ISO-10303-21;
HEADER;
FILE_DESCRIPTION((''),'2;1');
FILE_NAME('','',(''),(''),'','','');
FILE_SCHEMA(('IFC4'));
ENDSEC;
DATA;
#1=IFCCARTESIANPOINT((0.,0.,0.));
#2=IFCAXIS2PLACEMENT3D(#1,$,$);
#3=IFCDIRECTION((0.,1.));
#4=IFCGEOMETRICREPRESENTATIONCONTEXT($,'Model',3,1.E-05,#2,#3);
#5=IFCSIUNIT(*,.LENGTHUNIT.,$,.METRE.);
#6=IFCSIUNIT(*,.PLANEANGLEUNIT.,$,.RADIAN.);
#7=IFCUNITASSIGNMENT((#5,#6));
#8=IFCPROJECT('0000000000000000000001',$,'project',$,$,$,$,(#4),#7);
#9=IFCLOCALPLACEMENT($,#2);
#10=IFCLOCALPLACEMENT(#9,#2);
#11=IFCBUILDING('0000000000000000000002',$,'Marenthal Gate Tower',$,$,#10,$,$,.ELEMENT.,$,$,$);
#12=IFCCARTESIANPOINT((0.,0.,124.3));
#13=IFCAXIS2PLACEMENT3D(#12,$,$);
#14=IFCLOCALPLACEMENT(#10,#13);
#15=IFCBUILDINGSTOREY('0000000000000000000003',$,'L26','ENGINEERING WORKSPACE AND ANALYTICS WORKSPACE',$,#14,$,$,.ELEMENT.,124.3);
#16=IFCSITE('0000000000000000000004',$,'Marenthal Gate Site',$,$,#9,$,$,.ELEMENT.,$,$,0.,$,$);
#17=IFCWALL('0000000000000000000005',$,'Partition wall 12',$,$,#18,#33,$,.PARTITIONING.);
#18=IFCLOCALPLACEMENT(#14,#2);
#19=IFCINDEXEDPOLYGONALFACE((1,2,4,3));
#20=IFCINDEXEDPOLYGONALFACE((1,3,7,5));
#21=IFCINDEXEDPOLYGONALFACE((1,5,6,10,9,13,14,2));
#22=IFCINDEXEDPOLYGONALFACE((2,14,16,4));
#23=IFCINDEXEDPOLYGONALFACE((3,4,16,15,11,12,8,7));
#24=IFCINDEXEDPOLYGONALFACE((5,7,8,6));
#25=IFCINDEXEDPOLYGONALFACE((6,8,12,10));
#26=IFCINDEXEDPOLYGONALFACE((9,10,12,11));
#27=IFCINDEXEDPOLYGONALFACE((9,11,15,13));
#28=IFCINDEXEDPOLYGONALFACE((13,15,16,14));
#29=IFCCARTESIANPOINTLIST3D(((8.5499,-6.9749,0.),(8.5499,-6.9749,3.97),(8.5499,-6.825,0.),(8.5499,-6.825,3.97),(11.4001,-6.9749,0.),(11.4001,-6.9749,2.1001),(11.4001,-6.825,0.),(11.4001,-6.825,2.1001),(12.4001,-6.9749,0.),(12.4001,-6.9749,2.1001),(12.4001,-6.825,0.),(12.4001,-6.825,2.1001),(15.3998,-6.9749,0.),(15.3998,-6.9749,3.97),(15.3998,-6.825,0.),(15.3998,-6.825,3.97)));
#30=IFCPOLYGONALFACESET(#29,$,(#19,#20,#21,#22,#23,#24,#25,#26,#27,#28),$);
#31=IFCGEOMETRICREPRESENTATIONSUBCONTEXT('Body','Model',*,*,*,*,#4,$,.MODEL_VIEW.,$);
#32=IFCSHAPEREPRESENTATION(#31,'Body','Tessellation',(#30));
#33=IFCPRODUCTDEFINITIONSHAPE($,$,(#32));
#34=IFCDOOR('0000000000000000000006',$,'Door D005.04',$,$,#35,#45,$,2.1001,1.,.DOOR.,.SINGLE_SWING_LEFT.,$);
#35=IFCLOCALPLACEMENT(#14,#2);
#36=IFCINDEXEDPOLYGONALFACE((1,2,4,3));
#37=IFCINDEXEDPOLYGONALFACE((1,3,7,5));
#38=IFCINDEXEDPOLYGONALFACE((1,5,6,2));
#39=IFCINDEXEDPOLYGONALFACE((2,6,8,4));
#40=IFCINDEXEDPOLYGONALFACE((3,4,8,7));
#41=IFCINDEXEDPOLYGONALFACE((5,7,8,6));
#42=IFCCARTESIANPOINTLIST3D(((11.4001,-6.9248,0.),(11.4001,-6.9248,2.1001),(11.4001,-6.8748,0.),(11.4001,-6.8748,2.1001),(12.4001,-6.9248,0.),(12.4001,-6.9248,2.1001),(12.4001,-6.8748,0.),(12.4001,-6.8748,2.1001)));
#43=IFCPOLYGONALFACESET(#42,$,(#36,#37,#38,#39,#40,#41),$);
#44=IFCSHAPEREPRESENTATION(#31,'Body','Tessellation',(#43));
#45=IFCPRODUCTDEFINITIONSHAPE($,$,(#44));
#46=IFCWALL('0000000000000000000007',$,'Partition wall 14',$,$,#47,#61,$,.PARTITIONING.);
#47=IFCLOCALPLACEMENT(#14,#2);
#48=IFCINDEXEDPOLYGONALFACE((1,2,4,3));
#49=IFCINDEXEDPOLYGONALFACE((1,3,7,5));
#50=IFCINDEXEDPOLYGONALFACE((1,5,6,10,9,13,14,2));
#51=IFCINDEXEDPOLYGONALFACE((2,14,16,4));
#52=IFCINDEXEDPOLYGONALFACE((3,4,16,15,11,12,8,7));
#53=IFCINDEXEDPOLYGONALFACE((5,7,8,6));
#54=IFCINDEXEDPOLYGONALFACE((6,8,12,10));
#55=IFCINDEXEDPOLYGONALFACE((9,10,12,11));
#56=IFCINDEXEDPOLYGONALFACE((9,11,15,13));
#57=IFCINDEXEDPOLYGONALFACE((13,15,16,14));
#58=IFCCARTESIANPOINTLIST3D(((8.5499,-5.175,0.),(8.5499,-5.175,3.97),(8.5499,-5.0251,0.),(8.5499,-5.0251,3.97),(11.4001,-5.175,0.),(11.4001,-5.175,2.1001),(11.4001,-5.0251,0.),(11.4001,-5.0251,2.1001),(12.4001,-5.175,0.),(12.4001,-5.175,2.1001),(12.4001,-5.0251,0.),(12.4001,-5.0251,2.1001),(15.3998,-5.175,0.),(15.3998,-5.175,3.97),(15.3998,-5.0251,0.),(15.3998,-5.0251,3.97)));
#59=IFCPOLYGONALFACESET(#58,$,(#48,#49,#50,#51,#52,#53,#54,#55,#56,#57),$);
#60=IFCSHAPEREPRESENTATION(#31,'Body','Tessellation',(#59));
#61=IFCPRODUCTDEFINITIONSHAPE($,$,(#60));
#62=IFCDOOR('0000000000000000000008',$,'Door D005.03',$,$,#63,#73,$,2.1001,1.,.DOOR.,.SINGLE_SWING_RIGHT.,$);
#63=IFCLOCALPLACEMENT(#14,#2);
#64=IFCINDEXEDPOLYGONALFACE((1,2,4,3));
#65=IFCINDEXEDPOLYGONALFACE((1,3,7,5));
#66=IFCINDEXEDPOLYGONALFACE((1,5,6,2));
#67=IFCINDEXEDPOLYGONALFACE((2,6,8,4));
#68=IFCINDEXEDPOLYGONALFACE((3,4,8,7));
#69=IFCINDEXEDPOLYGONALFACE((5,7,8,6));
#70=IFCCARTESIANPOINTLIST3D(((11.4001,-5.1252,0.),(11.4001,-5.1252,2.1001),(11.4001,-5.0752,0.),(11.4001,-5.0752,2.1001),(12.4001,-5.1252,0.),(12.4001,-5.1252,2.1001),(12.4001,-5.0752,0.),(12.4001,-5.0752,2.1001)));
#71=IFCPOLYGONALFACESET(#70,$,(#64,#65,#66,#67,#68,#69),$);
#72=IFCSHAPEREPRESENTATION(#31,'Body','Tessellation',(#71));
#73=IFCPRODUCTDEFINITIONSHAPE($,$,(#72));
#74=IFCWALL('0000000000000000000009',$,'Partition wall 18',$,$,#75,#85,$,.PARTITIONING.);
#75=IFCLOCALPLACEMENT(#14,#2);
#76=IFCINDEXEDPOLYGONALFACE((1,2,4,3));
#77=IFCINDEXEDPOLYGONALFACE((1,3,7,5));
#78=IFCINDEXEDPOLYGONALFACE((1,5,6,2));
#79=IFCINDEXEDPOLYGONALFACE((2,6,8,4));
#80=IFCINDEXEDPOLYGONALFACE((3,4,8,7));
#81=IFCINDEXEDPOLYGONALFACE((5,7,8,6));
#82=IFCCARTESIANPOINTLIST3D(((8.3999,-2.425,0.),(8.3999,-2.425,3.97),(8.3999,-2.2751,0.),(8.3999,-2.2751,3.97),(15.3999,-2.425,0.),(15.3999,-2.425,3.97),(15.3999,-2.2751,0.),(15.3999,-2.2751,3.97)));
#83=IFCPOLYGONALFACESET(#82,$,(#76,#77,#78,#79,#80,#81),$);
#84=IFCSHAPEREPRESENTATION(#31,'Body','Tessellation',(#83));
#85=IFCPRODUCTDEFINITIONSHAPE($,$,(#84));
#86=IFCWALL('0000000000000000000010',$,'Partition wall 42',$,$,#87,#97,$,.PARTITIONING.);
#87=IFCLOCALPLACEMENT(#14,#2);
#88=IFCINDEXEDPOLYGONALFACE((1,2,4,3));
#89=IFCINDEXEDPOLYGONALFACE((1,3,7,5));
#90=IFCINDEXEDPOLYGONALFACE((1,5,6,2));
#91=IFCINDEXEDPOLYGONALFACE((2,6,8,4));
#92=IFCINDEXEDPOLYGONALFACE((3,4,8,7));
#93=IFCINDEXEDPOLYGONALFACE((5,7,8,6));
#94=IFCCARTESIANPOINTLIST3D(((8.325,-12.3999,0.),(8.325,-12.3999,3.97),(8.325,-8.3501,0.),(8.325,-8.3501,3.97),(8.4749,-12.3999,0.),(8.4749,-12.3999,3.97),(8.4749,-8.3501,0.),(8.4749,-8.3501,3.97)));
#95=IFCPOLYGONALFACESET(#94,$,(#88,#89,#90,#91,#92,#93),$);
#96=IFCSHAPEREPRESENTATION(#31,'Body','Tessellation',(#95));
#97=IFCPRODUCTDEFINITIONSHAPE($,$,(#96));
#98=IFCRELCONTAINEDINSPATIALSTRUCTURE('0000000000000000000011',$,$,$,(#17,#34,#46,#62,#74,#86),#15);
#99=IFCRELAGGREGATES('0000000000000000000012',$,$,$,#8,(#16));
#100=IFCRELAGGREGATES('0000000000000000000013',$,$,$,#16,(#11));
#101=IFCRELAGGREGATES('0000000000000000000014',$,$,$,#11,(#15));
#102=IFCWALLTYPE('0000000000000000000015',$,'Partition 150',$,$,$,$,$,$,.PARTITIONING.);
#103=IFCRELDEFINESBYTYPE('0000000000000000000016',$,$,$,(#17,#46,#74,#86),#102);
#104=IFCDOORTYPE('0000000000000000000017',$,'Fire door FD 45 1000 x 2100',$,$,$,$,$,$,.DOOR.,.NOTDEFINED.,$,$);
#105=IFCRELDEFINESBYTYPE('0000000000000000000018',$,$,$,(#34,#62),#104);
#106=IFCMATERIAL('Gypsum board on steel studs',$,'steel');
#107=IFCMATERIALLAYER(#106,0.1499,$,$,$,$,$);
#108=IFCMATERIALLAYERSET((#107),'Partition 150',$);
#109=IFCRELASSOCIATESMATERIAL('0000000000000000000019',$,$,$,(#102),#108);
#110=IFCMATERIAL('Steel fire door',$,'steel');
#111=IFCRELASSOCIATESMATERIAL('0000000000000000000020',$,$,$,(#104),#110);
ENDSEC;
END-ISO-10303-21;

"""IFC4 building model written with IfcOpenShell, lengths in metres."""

from ifc_helpers import new_model, si_unit, direction, frame, frame_2d, origin, place, context, subcontext, project, spatial, rectangle, extrude, material, layer, layer_set, type_object, element, fill, save


model = new_model("IFC4")

# Units and contexts
model_context = context("Model", 3, precision=1e-05, world=origin(), true_north=direction((0.0, 1.0)))
body_context = subcontext(model_context, "Body", "Model", "MODEL_VIEW")
ifc_project = project(units=[si_unit("LENGTHUNIT", "METRE"), si_unit("PLANEANGLEUNIT", "RADIAN")], contexts=[model_context])

# Site, building, storey
site_placement = place(None, origin())
site = spatial("IfcSite", under=ifc_project, at=site_placement, Name="Marenthal Gate Site", CompositionType="ELEMENT", RefElevation=0.0)
building_placement = place(site_placement, origin())
building = spatial("IfcBuilding", under=site, at=building_placement, Name="Marenthal Gate Tower", CompositionType="ELEMENT")
storey_placement = place(building_placement, frame((0.0, 0.0, 124.3)))
storey = spatial("IfcBuildingStorey", under=building, at=storey_placement, Name="L26", Description="ENGINEERING WORKSPACE AND ANALYTICS WORKSPACE", CompositionType="ELEMENT", Elevation=124.3)

# Walls, openings, doors
ifc_material_1 = material(Name="Gypsum board on steel studs", Category="steel")
ifc_layer_1 = layer(ifc_material_1, 0.1499)
ifc_layer_set_1 = layer_set([ifc_layer_1], Name="Partition 150")
wall_type_1 = type_object("IfcWallType", Name="Partition 150", PredefinedType="PARTITIONING", material=ifc_layer_set_1)
wall_1_placement = place(storey_placement, frame((8.55, -6.8999, 0.0), z_axis=(0.0, 0.0, 1.0), x_axis=(1.0, 0.0, 0.0)))
wall_1 = element("IfcWall", 1, at=wall_1_placement, inside=storey, type_object=wall_type_1, Name="Partition wall 12", PredefinedType="PARTITIONING", context=body_context, shape_type="SweptSolid", body=[
    extrude(rectangle(XDim=6.8499, YDim=0.1499, at=frame_2d((3.4248, 0.0))), origin(), (0.0, 0.0, 1.0), 3.97),
])
opening_1_placement = place(wall_1_placement, frame((2.8501, 0.0, 0.0)))
opening_1 = element("IfcOpeningElement", 2, at=opening_1_placement, cuts=wall_1, PredefinedType="OPENING", context=body_context, shape_type="SweptSolid", body=[
    extrude(rectangle(XDim=1.0, YDim=2.1001, at=frame_2d((0.5, 1.05))), frame((0.0, 0.085, 0.0), z_axis=(0.0, -1.0, 0.0), x_axis=(1.0, 0.0, 0.0)), (0.0, 0.0, 1.0), 0.1699),
])
ifc_material_2 = material(Name="Steel fire door", Category="steel")
door_type_1 = type_object("IfcDoorType", Name="Fire door FD 45 1000 x 2100", OperationType="NOTDEFINED", PredefinedType="DOOR", material=ifc_material_2)
door_1_placement = place(opening_1_placement, frame((1.0, 0.0, 0.0), z_axis=(0.0, 0.0, 1.0), x_axis=(-1.0, 0.0, 0.0)))
door_1 = element("IfcDoor", 3, at=door_1_placement, inside=storey, type_object=door_type_1, Name="Door D005.04", OperationType="SINGLE_SWING_LEFT", OverallHeight=2.1001, OverallWidth=1.0, PredefinedType="DOOR", context=body_context, shape_type="SweptSolid", body=[
    extrude(rectangle(XDim=1.0, YDim=2.1001, at=frame_2d((0.5, 1.05))), frame((0.0, 0.0249, 0.0), z_axis=(0.0, -1.0, 0.0), x_axis=(1.0, 0.0, 0.0)), (0.0, 0.0, 1.0), 0.05),
])
fill(opening_1, door_1)
wall_2_placement = place(storey_placement, frame((8.55, -5.1001, 0.0), z_axis=(0.0, 0.0, 1.0), x_axis=(1.0, 0.0, 0.0)))
wall_2 = element("IfcWall", 4, at=wall_2_placement, inside=storey, type_object=wall_type_1, Name="Partition wall 14", PredefinedType="PARTITIONING", context=body_context, shape_type="SweptSolid", body=[
    extrude(rectangle(XDim=6.8499, YDim=0.1499, at=frame_2d((3.4248, 0.0))), origin(), (0.0, 0.0, 1.0), 3.97),
])
opening_2_placement = place(wall_2_placement, frame((2.8501, 0.0, 0.0)))
opening_2 = element("IfcOpeningElement", 5, at=opening_2_placement, cuts=wall_2, PredefinedType="OPENING", context=body_context, shape_type="SweptSolid", body=[
    extrude(rectangle(XDim=1.0, YDim=2.1001, at=frame_2d((0.5, 1.05))), frame((0.0, 0.085, 0.0), z_axis=(0.0, -1.0, 0.0), x_axis=(1.0, 0.0, 0.0)), (0.0, 0.0, 1.0), 0.1699),
])
door_2_placement = place(opening_2_placement, origin())
door_2 = element("IfcDoor", 6, at=door_2_placement, inside=storey, type_object=door_type_1, Name="Door D005.03", OperationType="SINGLE_SWING_RIGHT", OverallHeight=2.1001, OverallWidth=1.0, PredefinedType="DOOR", context=body_context, shape_type="SweptSolid", body=[
    extrude(rectangle(XDim=1.0, YDim=2.1001, at=frame_2d((0.5, 1.05))), frame((0.0, 0.0249, 0.0), z_axis=(0.0, -1.0, 0.0), x_axis=(1.0, 0.0, 0.0)), (0.0, 0.0, 1.0), 0.05),
])
fill(opening_2, door_2)

# Walls
wall_3_placement = place(storey_placement, frame((8.3999, -2.3501, 0.0), z_axis=(0.0, 0.0, 1.0), x_axis=(1.0, 0.0, 0.0)))
element("IfcWall", 7, at=wall_3_placement, inside=storey, type_object=wall_type_1, Name="Partition wall 18", PredefinedType="PARTITIONING", context=body_context, shape_type="SweptSolid", body=[
    extrude(rectangle(XDim=7.0, YDim=0.1499, at=frame_2d((3.5, 0.0))), origin(), (0.0, 0.0, 1.0), 3.97),
])
wall_4_placement = place(storey_placement, frame((8.3999, -12.3999, 0.0), z_axis=(0.0, 0.0, 1.0), x_axis=(0.0, 1.0, 0.0)))
element("IfcWall", 8, at=wall_4_placement, inside=storey, type_object=wall_type_1, Name="Partition wall 42", PredefinedType="PARTITIONING", context=body_context, shape_type="SweptSolid", body=[
    extrude(rectangle(XDim=4.0498, YDim=0.1499, at=frame_2d((2.0249, 0.0))), origin(), (0.0, 0.0, 1.0), 3.97),
])

save(model, "model.ifc")
